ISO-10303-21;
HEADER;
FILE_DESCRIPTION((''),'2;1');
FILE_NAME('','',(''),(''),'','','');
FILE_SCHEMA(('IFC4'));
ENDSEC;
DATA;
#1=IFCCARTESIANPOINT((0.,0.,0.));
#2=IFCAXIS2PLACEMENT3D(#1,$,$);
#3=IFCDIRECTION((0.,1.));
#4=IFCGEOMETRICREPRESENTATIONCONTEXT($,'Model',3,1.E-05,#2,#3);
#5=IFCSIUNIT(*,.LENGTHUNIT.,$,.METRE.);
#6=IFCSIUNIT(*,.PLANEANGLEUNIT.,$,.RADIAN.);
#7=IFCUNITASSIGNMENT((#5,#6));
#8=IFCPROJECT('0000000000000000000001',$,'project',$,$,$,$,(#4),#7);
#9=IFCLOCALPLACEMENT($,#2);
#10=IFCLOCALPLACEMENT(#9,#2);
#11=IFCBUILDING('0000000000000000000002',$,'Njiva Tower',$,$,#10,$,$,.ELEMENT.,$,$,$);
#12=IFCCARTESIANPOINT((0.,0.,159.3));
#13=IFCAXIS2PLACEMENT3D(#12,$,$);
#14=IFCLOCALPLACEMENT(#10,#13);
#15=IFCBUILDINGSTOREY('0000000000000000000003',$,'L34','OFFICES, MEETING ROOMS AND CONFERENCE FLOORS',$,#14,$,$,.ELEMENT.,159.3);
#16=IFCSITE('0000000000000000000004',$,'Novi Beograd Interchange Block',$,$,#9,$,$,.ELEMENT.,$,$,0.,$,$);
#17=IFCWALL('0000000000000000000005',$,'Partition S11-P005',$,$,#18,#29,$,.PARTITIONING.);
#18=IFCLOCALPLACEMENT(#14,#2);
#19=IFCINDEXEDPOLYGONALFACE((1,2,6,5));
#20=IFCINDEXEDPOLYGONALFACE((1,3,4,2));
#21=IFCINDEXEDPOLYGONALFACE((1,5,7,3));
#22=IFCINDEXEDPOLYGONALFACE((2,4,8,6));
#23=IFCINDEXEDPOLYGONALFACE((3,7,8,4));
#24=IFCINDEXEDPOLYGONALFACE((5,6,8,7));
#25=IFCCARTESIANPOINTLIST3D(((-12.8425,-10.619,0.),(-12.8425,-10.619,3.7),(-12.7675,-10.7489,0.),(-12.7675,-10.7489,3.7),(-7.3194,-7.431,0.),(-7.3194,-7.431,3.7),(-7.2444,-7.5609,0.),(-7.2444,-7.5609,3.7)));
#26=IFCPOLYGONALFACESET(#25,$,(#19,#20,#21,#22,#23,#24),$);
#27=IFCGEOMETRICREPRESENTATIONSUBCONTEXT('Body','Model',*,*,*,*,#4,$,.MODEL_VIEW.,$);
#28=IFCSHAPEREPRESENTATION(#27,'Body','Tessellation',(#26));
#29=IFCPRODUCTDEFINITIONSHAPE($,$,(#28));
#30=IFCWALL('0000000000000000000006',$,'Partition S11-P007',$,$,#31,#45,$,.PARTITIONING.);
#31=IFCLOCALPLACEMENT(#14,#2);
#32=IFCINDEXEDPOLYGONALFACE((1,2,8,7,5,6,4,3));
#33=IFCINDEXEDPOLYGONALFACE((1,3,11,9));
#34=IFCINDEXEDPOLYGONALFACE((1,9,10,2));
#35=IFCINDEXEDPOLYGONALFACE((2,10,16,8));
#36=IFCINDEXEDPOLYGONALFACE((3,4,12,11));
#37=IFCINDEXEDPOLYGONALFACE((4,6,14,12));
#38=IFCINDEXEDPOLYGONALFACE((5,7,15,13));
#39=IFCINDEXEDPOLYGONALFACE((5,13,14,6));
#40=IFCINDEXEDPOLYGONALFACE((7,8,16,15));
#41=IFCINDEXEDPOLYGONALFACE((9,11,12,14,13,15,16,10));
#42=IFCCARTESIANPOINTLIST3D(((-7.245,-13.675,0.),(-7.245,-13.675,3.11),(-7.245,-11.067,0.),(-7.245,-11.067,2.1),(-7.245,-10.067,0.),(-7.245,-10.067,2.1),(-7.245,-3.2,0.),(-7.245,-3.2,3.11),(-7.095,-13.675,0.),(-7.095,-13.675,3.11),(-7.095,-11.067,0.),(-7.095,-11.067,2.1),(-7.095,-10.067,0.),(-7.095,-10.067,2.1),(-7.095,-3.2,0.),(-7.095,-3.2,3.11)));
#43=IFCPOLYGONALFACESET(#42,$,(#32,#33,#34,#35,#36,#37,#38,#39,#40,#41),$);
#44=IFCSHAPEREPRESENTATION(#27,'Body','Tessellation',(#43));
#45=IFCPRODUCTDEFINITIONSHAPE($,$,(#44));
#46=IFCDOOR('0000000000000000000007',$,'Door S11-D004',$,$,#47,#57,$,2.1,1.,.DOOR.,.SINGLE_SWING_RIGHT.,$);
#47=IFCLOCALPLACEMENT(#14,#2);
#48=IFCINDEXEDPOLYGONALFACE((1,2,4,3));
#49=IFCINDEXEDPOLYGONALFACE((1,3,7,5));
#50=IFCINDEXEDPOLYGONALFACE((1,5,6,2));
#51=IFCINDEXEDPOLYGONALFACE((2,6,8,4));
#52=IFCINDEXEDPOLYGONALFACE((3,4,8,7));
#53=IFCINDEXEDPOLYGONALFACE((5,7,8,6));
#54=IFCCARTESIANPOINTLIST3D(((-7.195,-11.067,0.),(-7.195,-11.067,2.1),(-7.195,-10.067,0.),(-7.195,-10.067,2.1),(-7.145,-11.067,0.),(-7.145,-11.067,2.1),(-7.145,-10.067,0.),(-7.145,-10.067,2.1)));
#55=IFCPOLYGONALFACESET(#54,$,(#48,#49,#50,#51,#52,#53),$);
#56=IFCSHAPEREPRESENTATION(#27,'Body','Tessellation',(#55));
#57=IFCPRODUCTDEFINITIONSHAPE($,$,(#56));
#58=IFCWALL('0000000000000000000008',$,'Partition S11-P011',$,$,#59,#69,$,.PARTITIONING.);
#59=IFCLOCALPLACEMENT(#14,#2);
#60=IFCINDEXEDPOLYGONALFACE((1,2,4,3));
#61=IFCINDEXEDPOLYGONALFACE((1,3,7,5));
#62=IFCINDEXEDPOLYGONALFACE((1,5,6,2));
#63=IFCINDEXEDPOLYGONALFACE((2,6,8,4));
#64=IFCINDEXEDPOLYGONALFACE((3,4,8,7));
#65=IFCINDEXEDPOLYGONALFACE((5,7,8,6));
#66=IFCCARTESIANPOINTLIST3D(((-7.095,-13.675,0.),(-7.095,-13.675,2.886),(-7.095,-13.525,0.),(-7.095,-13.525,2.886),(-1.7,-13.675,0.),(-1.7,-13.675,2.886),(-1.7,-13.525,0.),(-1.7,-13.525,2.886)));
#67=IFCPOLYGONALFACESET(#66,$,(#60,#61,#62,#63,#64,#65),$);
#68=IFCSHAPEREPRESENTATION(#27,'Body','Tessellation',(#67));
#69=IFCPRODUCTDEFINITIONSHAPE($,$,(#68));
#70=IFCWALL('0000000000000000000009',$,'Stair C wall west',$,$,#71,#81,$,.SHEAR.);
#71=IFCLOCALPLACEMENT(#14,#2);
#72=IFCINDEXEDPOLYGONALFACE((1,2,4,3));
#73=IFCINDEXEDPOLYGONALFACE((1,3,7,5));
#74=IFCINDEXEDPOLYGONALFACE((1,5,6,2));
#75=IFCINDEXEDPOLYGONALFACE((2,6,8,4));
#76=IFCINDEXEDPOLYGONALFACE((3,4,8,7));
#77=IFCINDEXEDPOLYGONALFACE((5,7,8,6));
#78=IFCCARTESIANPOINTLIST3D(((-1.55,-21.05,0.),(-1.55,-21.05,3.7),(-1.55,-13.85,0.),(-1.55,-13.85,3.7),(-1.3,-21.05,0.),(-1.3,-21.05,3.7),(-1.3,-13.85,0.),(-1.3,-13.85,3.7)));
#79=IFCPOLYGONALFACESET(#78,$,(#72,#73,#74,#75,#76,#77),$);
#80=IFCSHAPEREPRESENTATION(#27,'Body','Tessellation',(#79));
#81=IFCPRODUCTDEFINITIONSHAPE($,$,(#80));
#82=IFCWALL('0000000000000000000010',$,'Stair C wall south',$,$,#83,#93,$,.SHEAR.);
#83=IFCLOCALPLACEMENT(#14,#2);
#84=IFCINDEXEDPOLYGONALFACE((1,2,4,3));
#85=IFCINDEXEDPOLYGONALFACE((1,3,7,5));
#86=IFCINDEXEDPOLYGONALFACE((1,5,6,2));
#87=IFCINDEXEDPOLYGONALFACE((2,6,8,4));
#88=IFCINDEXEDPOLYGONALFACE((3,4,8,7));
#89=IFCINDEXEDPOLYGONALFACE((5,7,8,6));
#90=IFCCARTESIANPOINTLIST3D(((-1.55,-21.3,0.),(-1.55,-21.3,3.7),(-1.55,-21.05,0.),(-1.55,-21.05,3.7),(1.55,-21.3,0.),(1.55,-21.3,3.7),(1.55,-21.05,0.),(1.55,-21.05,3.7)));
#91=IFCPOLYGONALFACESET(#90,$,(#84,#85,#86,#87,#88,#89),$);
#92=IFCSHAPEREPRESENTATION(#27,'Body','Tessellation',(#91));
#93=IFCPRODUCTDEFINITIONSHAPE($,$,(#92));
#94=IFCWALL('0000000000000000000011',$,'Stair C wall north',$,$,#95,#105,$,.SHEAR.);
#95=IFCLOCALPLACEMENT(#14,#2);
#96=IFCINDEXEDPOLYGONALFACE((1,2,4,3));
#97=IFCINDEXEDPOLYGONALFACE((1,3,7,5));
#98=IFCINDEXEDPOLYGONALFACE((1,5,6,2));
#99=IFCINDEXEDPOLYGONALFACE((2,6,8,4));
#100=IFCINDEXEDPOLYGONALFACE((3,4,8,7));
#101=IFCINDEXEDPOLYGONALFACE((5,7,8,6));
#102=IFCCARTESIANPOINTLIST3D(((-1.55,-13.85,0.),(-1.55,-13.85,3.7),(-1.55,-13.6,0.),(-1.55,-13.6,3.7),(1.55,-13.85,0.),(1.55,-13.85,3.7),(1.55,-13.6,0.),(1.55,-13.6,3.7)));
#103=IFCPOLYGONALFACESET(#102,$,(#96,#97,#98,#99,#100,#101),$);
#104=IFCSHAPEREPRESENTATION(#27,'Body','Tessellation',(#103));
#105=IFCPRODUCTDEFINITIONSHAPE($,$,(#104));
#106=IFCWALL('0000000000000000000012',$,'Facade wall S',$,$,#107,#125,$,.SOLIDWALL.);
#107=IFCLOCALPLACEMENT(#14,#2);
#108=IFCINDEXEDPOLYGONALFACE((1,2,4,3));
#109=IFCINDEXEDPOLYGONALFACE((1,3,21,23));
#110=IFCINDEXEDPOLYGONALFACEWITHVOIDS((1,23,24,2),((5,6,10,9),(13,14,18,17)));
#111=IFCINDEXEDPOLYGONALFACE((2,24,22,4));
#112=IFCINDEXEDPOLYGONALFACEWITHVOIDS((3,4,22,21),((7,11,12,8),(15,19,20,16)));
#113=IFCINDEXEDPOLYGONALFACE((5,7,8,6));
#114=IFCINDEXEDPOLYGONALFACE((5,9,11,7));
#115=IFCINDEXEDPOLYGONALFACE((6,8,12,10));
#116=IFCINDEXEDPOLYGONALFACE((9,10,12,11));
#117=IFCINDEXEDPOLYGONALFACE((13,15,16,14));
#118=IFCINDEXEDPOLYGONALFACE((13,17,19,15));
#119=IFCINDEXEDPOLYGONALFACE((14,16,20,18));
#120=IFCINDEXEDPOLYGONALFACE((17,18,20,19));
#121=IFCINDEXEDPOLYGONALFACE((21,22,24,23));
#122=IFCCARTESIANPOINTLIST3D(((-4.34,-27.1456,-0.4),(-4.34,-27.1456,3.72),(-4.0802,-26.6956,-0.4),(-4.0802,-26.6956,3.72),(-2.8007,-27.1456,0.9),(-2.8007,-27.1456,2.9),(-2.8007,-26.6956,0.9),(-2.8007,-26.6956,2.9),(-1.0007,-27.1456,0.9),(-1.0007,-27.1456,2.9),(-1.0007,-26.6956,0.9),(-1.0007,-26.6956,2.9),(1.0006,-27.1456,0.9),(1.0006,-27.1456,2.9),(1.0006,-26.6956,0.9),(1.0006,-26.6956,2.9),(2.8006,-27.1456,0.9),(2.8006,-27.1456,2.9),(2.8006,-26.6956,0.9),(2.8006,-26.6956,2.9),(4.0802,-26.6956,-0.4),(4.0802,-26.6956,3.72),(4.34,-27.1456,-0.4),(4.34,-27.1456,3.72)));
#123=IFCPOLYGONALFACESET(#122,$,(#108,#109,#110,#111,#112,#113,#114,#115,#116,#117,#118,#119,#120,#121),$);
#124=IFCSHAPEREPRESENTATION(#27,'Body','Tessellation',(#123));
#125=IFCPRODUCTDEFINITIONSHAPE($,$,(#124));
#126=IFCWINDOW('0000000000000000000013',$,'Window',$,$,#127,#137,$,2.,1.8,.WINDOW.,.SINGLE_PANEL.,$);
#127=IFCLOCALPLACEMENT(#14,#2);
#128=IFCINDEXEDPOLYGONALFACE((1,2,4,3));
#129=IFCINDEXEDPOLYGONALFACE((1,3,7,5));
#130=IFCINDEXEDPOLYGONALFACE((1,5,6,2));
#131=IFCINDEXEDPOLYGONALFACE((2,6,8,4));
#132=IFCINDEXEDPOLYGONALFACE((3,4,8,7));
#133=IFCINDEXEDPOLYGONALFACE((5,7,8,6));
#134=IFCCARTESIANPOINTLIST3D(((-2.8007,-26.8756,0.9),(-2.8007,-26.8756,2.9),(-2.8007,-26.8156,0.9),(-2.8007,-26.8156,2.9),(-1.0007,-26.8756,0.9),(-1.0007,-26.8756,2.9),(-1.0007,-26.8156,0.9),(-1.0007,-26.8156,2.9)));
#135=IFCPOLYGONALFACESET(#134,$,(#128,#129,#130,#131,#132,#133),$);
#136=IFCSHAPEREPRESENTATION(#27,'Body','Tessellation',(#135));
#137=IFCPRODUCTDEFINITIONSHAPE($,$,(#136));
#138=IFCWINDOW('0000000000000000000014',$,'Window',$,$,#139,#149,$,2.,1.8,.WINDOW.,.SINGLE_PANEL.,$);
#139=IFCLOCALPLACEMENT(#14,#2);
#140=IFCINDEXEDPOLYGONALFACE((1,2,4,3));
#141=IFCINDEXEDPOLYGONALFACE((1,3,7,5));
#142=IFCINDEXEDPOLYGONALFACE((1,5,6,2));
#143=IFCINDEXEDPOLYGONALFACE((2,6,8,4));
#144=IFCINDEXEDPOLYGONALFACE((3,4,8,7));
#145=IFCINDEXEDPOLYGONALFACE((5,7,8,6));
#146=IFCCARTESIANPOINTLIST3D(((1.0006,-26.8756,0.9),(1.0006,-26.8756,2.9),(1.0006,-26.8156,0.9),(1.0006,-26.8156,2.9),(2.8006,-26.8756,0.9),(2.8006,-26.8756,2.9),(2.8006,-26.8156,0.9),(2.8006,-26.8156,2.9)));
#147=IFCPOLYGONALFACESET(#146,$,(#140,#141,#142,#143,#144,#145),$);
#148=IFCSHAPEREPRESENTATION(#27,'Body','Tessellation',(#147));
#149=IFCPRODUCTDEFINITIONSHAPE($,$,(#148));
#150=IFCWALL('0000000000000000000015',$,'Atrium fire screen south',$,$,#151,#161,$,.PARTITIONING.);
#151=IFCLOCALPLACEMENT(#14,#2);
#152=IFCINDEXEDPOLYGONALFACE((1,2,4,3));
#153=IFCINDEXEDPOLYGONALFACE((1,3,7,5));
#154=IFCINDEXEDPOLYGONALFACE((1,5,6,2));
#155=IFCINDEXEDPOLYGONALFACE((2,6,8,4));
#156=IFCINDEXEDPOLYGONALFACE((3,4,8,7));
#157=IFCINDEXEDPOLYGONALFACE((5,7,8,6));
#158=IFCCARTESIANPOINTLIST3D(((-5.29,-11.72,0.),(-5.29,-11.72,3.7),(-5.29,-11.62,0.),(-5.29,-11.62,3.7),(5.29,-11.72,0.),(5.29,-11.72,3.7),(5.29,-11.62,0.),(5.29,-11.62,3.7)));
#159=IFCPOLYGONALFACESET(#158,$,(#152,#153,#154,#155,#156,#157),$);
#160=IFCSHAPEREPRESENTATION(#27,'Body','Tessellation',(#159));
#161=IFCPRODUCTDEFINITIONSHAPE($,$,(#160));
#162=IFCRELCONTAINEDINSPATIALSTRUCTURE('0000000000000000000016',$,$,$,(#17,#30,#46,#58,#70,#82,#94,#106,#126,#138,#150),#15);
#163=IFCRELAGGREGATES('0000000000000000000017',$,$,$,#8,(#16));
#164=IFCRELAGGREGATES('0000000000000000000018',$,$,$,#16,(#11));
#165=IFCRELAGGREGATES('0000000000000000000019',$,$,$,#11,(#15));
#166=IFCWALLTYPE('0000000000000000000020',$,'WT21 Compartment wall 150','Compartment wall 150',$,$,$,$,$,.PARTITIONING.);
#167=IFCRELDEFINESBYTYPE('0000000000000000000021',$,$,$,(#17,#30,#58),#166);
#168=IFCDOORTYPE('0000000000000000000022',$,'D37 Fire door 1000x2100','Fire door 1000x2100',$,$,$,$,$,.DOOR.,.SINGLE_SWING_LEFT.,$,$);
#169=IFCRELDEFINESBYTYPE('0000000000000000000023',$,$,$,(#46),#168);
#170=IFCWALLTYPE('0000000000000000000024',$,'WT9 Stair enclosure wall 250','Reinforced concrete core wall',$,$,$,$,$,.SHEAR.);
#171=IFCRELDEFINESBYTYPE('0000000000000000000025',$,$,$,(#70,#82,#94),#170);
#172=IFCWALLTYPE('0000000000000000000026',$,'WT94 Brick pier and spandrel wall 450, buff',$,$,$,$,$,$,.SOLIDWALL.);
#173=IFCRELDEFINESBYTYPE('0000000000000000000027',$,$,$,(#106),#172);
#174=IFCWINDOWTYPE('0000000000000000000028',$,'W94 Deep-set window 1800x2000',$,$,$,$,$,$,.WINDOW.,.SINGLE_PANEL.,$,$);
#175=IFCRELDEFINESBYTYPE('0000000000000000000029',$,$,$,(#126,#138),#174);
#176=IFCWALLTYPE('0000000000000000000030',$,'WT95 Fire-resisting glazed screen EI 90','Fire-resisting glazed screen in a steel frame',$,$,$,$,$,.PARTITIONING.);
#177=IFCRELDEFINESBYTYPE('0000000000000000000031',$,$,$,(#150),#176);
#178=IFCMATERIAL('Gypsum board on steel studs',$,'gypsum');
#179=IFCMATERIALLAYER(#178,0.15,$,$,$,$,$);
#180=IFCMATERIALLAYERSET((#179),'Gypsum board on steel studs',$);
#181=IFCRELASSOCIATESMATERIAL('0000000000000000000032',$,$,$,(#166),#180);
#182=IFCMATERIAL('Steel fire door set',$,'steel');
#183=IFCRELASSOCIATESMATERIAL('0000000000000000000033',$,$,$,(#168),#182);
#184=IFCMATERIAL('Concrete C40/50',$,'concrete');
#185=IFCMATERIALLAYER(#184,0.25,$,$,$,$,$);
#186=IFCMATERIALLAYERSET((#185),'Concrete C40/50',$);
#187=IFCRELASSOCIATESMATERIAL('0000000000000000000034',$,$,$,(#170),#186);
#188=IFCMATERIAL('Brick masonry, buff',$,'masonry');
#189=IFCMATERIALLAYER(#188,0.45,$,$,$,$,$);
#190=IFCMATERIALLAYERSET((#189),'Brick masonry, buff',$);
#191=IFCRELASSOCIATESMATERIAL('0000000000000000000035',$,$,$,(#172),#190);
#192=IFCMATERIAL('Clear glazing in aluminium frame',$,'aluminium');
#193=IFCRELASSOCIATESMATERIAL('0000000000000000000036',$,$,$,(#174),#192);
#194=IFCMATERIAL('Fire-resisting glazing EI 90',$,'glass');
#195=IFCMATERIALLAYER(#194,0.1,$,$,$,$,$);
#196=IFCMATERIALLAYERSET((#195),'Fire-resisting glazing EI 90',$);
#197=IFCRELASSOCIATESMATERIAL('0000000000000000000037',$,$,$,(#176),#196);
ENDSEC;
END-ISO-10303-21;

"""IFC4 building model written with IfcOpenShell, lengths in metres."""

from ifc_helpers import new_model, si_unit, direction, frame, frame_2d, origin, place, context, subcontext, project, spatial, polyline, rectangle, outline, extrude, material, layer, layer_set, type_object, element, fill, save


model = new_model("IFC4")

# Units and contexts
model_context = context("Model", 3, precision=1e-05, world=origin(), true_north=direction((0.0, 1.0)))
body_context = subcontext(model_context, "Body", "Model", "MODEL_VIEW")
ifc_project = project(units=[si_unit("LENGTHUNIT", "METRE"), si_unit("PLANEANGLEUNIT", "RADIAN")], contexts=[model_context])

# Site, building, storey
site_placement = place(None, origin())
site = spatial("IfcSite", under=ifc_project, at=site_placement, Name="Novi Beograd Interchange Block", CompositionType="ELEMENT", RefElevation=0.0)
building_placement = place(site_placement, origin())
building = spatial("IfcBuilding", under=site, at=building_placement, Name="Njiva Tower", CompositionType="ELEMENT")
storey_placement = place(building_placement, frame((0.0, 0.0, 159.3)))
storey = spatial("IfcBuildingStorey", under=building, at=storey_placement, Name="L34", Description="OFFICES, MEETING ROOMS AND CONFERENCE FLOORS", CompositionType="ELEMENT", Elevation=159.3)

# Wall
ifc_material_1 = material(Name="Gypsum board on steel studs", Category="gypsum")
ifc_layer_1 = layer(ifc_material_1, 0.15)
ifc_layer_set_1 = layer_set([ifc_layer_1], Name="Gypsum board on steel studs")
wall_type_1 = type_object("IfcWallType", Name="WT21 Compartment wall 150", Description="Compartment wall 150", PredefinedType="PARTITIONING", material=ifc_layer_set_1)
wall_1_placement = place(storey_placement, frame((-12.805, -10.684, 0.0), z_axis=(0.0, 0.0, 1.0), x_axis=(0.866073, 0.499917, 0.0)))
element("IfcWall", 1, at=wall_1_placement, inside=storey, type_object=wall_type_1, Name="Partition S11-P005", PredefinedType="PARTITIONING", context=body_context, shape_type="SweptSolid", body=[
    extrude(rectangle(XDim=6.3771, YDim=0.15, at=frame_2d((3.1886, 0.0))), origin(), (0.0, 0.0, 1.0), 3.7),
])

# Wall, opening, door
wall_2_placement = place(storey_placement, frame((-7.17, -13.675, 0.0), z_axis=(0.0, 0.0, 1.0), x_axis=(0.0, 1.0, 0.0)))
wall_2 = element("IfcWall", 2, at=wall_2_placement, inside=storey, type_object=wall_type_1, Name="Partition S11-P007", PredefinedType="PARTITIONING", context=body_context, shape_type="SweptSolid", body=[
    extrude(rectangle(XDim=10.475, YDim=0.15, at=frame_2d((5.2375, 0.0))), origin(), (0.0, 0.0, 1.0), 3.11),
])
opening_1_placement = place(wall_2_placement, frame((2.608, 0.0, 0.0)))
opening_1 = element("IfcOpeningElement", 3, at=opening_1_placement, cuts=wall_2, PredefinedType="OPENING", context=body_context, shape_type="SweptSolid", body=[
    extrude(rectangle(XDim=1.0, YDim=2.1, at=frame_2d((0.5, 1.05))), frame((0.0, 0.085, 0.0), z_axis=(0.0, -1.0, 0.0), x_axis=(1.0, 0.0, 0.0)), (0.0, 0.0, 1.0), 0.17),
])
ifc_material_2 = material(Name="Steel fire door set", Category="steel")
door_type = type_object("IfcDoorType", Name="D37 Fire door 1000x2100", Description="Fire door 1000x2100", OperationType="SINGLE_SWING_LEFT", PredefinedType="DOOR", material=ifc_material_2)
door_placement = place(opening_1_placement, origin())
door = element("IfcDoor", 4, at=door_placement, inside=storey, type_object=door_type, Name="Door S11-D004", OperationType="SINGLE_SWING_RIGHT", OverallHeight=2.1, OverallWidth=1.0, PredefinedType="DOOR", context=body_context, shape_type="SweptSolid", body=[
    extrude(rectangle(XDim=1.0, YDim=2.1, at=frame_2d((0.5, 1.05))), frame((0.0, 0.025, 0.0), z_axis=(0.0, -1.0, 0.0), x_axis=(1.0, 0.0, 0.0)), (0.0, 0.0, 1.0), 0.05),
])
fill(opening_1, door)

# Walls
wall_3_placement = place(storey_placement, frame((-7.095, -13.6, 0.0), z_axis=(0.0, 0.0, 1.0), x_axis=(1.0, 0.0, 0.0)))
element("IfcWall", 5, at=wall_3_placement, inside=storey, type_object=wall_type_1, Name="Partition S11-P011", PredefinedType="PARTITIONING", context=body_context, shape_type="SweptSolid", body=[
    extrude(rectangle(XDim=5.395, YDim=0.15, at=frame_2d((2.6975, 0.0))), origin(), (0.0, 0.0, 1.0), 2.886),
])
ifc_material_3 = material(Name="Concrete C40/50", Category="concrete")
ifc_layer_2 = layer(ifc_material_3, 0.25)
ifc_layer_set_2 = layer_set([ifc_layer_2], Name="Concrete C40/50")
wall_type_2 = type_object("IfcWallType", Name="WT9 Stair enclosure wall 250", Description="Reinforced concrete core wall", PredefinedType="SHEAR", material=ifc_layer_set_2)
wall_4_placement = place(storey_placement, frame((-1.425, -21.05, 0.0), z_axis=(0.0, 0.0, 1.0), x_axis=(0.0, 1.0, 0.0)))
element("IfcWall", 6, at=wall_4_placement, inside=storey, type_object=wall_type_2, Name="Stair C wall west", PredefinedType="SHEAR", context=body_context, shape_type="SweptSolid", body=[
    extrude(rectangle(XDim=7.2, YDim=0.25, at=frame_2d((3.6, 0.0))), origin(), (0.0, 0.0, 1.0), 3.7),
])
for number, where, z_axis, x_axis, name in (
    (7, (-1.55, -21.175, 0.0), (0.0, 0.0, 1.0), (1.0, 0.0, 0.0), "Stair C wall south"),
    (8, (-1.55, -13.725, 0.0), (0.0, 0.0, 1.0), (1.0, 0.0, 0.0), "Stair C wall north"),
):
    element("IfcWall", number, at=place(storey_placement, frame(where, z_axis=z_axis, x_axis=x_axis)), inside=storey, type_object=wall_type_2, Name=name, PredefinedType="SHEAR", context=body_context, shape_type="SweptSolid", body=[
        extrude(rectangle(XDim=3.1, YDim=0.25, at=frame_2d((1.55, 0.0))), origin(), (0.0, 0.0, 1.0), 3.7),
    ])

# Wall, openings, windows
ifc_material_4 = material(Name="Brick masonry, buff", Category="masonry")
ifc_layer_3 = layer(ifc_material_4, 0.45)
ifc_layer_set_3 = layer_set([ifc_layer_3], Name="Brick masonry, buff")
wall_type_3 = type_object("IfcWallType", Name="WT94 Brick pier and spandrel wall 450, buff", PredefinedType="SOLIDWALL", material=ifc_layer_set_3)
wall_5_placement = place(storey_placement, frame((-4.2101, -26.9206, -0.4), z_axis=(0.0, 0.0, 1.0), x_axis=(1.0, 0.0, 0.0)))
wall_5 = element("IfcWall", 9, at=wall_5_placement, inside=storey, type_object=wall_type_3, Name="Facade wall S", PredefinedType="SOLIDWALL", context=body_context, shape_type="SweptSolid", body=[
    extrude(outline(polyline([(-0.1299, -0.225), (8.5501, -0.225), (8.2903, 0.225), (0.1299, 0.225), (-0.1299, -0.225)])), origin(), (0.0, 0.0, 1.0), 4.12),
])
opening_2_placement = place(wall_5_placement, frame((1.4094, 0.0, 1.3)))
opening_2 = element("IfcOpeningElement", 10, at=opening_2_placement, cuts=wall_5, PredefinedType="OPENING", context=body_context, shape_type="SweptSolid", body=[
    extrude(rectangle(XDim=1.8, YDim=2.0, at=frame_2d((0.9, 1.0))), frame((0.0, 0.235, 0.0), z_axis=(0.0, -1.0, 0.0), x_axis=(1.0, 0.0, 0.0)), (0.0, 0.0, 1.0), 0.47),
])
opening_3_placement = place(wall_5_placement, frame((5.2107, 0.0, 1.3)))
opening_3 = element("IfcOpeningElement", 11, at=opening_3_placement, cuts=wall_5, PredefinedType="OPENING", context=body_context, shape_type="SweptSolid", body=[
    extrude(rectangle(XDim=1.8, YDim=2.0, at=frame_2d((0.9, 1.0))), frame((0.0, 0.235, 0.0), z_axis=(0.0, -1.0, 0.0), x_axis=(1.0, 0.0, 0.0)), (0.0, 0.0, 1.0), 0.47),
])
ifc_material_5 = material(Name="Clear glazing in aluminium frame", Category="aluminium")
window_type = type_object("IfcWindowType", Name="W94 Deep-set window 1800x2000", PartitioningType="SINGLE_PANEL", PredefinedType="WINDOW", material=ifc_material_5)
window_1_placement = place(opening_2_placement, origin())
window_1 = element("IfcWindow", 12, at=window_1_placement, inside=storey, type_object=window_type, Name="Window", OverallHeight=2.0, OverallWidth=1.8, PartitioningType="SINGLE_PANEL", PredefinedType="WINDOW", context=body_context, shape_type="SweptSolid", body=[
    extrude(rectangle(XDim=1.8, YDim=2.0, at=frame_2d((0.9, 1.0))), frame((0.0, 0.105, 0.0), z_axis=(0.0, -1.0, 0.0), x_axis=(1.0, 0.0, 0.0)), (0.0, 0.0, 1.0), 0.06),
])
fill(opening_2, window_1)
window_2_placement = place(opening_3_placement, origin())
window_2 = element("IfcWindow", 13, at=window_2_placement, inside=storey, type_object=window_type, Name="Window", OverallHeight=2.0, OverallWidth=1.8, PartitioningType="SINGLE_PANEL", PredefinedType="WINDOW", context=body_context, shape_type="SweptSolid", body=[
    extrude(rectangle(XDim=1.8, YDim=2.0, at=frame_2d((0.9, 1.0))), frame((0.0, 0.105, 0.0), z_axis=(0.0, -1.0, 0.0), x_axis=(1.0, 0.0, 0.0)), (0.0, 0.0, 1.0), 0.06),
])
fill(opening_3, window_2)

# Wall
ifc_material_6 = material(Name="Fire-resisting glazing EI 90", Category="glass")
ifc_layer_4 = layer(ifc_material_6, 0.1)
ifc_layer_set_4 = layer_set([ifc_layer_4], Name="Fire-resisting glazing EI 90")
wall_type_4 = type_object("IfcWallType", Name="WT95 Fire-resisting glazed screen EI 90", Description="Fire-resisting glazed screen in a steel frame", PredefinedType="PARTITIONING", material=ifc_layer_set_4)
wall_6_placement = place(storey_placement, frame((-5.29, -11.67, 0.0), z_axis=(0.0, 0.0, 1.0), x_axis=(1.0, 0.0, 0.0)))
element("IfcWall", 14, at=wall_6_placement, inside=storey, type_object=wall_type_4, Name="Atrium fire screen south", PredefinedType="PARTITIONING", context=body_context, shape_type="SweptSolid", body=[
    extrude(rectangle(XDim=10.58, YDim=0.1, at=frame_2d((5.29, 0.0))), origin(), (0.0, 0.0, 1.0), 3.7),
])

save(model, "model.ifc")
